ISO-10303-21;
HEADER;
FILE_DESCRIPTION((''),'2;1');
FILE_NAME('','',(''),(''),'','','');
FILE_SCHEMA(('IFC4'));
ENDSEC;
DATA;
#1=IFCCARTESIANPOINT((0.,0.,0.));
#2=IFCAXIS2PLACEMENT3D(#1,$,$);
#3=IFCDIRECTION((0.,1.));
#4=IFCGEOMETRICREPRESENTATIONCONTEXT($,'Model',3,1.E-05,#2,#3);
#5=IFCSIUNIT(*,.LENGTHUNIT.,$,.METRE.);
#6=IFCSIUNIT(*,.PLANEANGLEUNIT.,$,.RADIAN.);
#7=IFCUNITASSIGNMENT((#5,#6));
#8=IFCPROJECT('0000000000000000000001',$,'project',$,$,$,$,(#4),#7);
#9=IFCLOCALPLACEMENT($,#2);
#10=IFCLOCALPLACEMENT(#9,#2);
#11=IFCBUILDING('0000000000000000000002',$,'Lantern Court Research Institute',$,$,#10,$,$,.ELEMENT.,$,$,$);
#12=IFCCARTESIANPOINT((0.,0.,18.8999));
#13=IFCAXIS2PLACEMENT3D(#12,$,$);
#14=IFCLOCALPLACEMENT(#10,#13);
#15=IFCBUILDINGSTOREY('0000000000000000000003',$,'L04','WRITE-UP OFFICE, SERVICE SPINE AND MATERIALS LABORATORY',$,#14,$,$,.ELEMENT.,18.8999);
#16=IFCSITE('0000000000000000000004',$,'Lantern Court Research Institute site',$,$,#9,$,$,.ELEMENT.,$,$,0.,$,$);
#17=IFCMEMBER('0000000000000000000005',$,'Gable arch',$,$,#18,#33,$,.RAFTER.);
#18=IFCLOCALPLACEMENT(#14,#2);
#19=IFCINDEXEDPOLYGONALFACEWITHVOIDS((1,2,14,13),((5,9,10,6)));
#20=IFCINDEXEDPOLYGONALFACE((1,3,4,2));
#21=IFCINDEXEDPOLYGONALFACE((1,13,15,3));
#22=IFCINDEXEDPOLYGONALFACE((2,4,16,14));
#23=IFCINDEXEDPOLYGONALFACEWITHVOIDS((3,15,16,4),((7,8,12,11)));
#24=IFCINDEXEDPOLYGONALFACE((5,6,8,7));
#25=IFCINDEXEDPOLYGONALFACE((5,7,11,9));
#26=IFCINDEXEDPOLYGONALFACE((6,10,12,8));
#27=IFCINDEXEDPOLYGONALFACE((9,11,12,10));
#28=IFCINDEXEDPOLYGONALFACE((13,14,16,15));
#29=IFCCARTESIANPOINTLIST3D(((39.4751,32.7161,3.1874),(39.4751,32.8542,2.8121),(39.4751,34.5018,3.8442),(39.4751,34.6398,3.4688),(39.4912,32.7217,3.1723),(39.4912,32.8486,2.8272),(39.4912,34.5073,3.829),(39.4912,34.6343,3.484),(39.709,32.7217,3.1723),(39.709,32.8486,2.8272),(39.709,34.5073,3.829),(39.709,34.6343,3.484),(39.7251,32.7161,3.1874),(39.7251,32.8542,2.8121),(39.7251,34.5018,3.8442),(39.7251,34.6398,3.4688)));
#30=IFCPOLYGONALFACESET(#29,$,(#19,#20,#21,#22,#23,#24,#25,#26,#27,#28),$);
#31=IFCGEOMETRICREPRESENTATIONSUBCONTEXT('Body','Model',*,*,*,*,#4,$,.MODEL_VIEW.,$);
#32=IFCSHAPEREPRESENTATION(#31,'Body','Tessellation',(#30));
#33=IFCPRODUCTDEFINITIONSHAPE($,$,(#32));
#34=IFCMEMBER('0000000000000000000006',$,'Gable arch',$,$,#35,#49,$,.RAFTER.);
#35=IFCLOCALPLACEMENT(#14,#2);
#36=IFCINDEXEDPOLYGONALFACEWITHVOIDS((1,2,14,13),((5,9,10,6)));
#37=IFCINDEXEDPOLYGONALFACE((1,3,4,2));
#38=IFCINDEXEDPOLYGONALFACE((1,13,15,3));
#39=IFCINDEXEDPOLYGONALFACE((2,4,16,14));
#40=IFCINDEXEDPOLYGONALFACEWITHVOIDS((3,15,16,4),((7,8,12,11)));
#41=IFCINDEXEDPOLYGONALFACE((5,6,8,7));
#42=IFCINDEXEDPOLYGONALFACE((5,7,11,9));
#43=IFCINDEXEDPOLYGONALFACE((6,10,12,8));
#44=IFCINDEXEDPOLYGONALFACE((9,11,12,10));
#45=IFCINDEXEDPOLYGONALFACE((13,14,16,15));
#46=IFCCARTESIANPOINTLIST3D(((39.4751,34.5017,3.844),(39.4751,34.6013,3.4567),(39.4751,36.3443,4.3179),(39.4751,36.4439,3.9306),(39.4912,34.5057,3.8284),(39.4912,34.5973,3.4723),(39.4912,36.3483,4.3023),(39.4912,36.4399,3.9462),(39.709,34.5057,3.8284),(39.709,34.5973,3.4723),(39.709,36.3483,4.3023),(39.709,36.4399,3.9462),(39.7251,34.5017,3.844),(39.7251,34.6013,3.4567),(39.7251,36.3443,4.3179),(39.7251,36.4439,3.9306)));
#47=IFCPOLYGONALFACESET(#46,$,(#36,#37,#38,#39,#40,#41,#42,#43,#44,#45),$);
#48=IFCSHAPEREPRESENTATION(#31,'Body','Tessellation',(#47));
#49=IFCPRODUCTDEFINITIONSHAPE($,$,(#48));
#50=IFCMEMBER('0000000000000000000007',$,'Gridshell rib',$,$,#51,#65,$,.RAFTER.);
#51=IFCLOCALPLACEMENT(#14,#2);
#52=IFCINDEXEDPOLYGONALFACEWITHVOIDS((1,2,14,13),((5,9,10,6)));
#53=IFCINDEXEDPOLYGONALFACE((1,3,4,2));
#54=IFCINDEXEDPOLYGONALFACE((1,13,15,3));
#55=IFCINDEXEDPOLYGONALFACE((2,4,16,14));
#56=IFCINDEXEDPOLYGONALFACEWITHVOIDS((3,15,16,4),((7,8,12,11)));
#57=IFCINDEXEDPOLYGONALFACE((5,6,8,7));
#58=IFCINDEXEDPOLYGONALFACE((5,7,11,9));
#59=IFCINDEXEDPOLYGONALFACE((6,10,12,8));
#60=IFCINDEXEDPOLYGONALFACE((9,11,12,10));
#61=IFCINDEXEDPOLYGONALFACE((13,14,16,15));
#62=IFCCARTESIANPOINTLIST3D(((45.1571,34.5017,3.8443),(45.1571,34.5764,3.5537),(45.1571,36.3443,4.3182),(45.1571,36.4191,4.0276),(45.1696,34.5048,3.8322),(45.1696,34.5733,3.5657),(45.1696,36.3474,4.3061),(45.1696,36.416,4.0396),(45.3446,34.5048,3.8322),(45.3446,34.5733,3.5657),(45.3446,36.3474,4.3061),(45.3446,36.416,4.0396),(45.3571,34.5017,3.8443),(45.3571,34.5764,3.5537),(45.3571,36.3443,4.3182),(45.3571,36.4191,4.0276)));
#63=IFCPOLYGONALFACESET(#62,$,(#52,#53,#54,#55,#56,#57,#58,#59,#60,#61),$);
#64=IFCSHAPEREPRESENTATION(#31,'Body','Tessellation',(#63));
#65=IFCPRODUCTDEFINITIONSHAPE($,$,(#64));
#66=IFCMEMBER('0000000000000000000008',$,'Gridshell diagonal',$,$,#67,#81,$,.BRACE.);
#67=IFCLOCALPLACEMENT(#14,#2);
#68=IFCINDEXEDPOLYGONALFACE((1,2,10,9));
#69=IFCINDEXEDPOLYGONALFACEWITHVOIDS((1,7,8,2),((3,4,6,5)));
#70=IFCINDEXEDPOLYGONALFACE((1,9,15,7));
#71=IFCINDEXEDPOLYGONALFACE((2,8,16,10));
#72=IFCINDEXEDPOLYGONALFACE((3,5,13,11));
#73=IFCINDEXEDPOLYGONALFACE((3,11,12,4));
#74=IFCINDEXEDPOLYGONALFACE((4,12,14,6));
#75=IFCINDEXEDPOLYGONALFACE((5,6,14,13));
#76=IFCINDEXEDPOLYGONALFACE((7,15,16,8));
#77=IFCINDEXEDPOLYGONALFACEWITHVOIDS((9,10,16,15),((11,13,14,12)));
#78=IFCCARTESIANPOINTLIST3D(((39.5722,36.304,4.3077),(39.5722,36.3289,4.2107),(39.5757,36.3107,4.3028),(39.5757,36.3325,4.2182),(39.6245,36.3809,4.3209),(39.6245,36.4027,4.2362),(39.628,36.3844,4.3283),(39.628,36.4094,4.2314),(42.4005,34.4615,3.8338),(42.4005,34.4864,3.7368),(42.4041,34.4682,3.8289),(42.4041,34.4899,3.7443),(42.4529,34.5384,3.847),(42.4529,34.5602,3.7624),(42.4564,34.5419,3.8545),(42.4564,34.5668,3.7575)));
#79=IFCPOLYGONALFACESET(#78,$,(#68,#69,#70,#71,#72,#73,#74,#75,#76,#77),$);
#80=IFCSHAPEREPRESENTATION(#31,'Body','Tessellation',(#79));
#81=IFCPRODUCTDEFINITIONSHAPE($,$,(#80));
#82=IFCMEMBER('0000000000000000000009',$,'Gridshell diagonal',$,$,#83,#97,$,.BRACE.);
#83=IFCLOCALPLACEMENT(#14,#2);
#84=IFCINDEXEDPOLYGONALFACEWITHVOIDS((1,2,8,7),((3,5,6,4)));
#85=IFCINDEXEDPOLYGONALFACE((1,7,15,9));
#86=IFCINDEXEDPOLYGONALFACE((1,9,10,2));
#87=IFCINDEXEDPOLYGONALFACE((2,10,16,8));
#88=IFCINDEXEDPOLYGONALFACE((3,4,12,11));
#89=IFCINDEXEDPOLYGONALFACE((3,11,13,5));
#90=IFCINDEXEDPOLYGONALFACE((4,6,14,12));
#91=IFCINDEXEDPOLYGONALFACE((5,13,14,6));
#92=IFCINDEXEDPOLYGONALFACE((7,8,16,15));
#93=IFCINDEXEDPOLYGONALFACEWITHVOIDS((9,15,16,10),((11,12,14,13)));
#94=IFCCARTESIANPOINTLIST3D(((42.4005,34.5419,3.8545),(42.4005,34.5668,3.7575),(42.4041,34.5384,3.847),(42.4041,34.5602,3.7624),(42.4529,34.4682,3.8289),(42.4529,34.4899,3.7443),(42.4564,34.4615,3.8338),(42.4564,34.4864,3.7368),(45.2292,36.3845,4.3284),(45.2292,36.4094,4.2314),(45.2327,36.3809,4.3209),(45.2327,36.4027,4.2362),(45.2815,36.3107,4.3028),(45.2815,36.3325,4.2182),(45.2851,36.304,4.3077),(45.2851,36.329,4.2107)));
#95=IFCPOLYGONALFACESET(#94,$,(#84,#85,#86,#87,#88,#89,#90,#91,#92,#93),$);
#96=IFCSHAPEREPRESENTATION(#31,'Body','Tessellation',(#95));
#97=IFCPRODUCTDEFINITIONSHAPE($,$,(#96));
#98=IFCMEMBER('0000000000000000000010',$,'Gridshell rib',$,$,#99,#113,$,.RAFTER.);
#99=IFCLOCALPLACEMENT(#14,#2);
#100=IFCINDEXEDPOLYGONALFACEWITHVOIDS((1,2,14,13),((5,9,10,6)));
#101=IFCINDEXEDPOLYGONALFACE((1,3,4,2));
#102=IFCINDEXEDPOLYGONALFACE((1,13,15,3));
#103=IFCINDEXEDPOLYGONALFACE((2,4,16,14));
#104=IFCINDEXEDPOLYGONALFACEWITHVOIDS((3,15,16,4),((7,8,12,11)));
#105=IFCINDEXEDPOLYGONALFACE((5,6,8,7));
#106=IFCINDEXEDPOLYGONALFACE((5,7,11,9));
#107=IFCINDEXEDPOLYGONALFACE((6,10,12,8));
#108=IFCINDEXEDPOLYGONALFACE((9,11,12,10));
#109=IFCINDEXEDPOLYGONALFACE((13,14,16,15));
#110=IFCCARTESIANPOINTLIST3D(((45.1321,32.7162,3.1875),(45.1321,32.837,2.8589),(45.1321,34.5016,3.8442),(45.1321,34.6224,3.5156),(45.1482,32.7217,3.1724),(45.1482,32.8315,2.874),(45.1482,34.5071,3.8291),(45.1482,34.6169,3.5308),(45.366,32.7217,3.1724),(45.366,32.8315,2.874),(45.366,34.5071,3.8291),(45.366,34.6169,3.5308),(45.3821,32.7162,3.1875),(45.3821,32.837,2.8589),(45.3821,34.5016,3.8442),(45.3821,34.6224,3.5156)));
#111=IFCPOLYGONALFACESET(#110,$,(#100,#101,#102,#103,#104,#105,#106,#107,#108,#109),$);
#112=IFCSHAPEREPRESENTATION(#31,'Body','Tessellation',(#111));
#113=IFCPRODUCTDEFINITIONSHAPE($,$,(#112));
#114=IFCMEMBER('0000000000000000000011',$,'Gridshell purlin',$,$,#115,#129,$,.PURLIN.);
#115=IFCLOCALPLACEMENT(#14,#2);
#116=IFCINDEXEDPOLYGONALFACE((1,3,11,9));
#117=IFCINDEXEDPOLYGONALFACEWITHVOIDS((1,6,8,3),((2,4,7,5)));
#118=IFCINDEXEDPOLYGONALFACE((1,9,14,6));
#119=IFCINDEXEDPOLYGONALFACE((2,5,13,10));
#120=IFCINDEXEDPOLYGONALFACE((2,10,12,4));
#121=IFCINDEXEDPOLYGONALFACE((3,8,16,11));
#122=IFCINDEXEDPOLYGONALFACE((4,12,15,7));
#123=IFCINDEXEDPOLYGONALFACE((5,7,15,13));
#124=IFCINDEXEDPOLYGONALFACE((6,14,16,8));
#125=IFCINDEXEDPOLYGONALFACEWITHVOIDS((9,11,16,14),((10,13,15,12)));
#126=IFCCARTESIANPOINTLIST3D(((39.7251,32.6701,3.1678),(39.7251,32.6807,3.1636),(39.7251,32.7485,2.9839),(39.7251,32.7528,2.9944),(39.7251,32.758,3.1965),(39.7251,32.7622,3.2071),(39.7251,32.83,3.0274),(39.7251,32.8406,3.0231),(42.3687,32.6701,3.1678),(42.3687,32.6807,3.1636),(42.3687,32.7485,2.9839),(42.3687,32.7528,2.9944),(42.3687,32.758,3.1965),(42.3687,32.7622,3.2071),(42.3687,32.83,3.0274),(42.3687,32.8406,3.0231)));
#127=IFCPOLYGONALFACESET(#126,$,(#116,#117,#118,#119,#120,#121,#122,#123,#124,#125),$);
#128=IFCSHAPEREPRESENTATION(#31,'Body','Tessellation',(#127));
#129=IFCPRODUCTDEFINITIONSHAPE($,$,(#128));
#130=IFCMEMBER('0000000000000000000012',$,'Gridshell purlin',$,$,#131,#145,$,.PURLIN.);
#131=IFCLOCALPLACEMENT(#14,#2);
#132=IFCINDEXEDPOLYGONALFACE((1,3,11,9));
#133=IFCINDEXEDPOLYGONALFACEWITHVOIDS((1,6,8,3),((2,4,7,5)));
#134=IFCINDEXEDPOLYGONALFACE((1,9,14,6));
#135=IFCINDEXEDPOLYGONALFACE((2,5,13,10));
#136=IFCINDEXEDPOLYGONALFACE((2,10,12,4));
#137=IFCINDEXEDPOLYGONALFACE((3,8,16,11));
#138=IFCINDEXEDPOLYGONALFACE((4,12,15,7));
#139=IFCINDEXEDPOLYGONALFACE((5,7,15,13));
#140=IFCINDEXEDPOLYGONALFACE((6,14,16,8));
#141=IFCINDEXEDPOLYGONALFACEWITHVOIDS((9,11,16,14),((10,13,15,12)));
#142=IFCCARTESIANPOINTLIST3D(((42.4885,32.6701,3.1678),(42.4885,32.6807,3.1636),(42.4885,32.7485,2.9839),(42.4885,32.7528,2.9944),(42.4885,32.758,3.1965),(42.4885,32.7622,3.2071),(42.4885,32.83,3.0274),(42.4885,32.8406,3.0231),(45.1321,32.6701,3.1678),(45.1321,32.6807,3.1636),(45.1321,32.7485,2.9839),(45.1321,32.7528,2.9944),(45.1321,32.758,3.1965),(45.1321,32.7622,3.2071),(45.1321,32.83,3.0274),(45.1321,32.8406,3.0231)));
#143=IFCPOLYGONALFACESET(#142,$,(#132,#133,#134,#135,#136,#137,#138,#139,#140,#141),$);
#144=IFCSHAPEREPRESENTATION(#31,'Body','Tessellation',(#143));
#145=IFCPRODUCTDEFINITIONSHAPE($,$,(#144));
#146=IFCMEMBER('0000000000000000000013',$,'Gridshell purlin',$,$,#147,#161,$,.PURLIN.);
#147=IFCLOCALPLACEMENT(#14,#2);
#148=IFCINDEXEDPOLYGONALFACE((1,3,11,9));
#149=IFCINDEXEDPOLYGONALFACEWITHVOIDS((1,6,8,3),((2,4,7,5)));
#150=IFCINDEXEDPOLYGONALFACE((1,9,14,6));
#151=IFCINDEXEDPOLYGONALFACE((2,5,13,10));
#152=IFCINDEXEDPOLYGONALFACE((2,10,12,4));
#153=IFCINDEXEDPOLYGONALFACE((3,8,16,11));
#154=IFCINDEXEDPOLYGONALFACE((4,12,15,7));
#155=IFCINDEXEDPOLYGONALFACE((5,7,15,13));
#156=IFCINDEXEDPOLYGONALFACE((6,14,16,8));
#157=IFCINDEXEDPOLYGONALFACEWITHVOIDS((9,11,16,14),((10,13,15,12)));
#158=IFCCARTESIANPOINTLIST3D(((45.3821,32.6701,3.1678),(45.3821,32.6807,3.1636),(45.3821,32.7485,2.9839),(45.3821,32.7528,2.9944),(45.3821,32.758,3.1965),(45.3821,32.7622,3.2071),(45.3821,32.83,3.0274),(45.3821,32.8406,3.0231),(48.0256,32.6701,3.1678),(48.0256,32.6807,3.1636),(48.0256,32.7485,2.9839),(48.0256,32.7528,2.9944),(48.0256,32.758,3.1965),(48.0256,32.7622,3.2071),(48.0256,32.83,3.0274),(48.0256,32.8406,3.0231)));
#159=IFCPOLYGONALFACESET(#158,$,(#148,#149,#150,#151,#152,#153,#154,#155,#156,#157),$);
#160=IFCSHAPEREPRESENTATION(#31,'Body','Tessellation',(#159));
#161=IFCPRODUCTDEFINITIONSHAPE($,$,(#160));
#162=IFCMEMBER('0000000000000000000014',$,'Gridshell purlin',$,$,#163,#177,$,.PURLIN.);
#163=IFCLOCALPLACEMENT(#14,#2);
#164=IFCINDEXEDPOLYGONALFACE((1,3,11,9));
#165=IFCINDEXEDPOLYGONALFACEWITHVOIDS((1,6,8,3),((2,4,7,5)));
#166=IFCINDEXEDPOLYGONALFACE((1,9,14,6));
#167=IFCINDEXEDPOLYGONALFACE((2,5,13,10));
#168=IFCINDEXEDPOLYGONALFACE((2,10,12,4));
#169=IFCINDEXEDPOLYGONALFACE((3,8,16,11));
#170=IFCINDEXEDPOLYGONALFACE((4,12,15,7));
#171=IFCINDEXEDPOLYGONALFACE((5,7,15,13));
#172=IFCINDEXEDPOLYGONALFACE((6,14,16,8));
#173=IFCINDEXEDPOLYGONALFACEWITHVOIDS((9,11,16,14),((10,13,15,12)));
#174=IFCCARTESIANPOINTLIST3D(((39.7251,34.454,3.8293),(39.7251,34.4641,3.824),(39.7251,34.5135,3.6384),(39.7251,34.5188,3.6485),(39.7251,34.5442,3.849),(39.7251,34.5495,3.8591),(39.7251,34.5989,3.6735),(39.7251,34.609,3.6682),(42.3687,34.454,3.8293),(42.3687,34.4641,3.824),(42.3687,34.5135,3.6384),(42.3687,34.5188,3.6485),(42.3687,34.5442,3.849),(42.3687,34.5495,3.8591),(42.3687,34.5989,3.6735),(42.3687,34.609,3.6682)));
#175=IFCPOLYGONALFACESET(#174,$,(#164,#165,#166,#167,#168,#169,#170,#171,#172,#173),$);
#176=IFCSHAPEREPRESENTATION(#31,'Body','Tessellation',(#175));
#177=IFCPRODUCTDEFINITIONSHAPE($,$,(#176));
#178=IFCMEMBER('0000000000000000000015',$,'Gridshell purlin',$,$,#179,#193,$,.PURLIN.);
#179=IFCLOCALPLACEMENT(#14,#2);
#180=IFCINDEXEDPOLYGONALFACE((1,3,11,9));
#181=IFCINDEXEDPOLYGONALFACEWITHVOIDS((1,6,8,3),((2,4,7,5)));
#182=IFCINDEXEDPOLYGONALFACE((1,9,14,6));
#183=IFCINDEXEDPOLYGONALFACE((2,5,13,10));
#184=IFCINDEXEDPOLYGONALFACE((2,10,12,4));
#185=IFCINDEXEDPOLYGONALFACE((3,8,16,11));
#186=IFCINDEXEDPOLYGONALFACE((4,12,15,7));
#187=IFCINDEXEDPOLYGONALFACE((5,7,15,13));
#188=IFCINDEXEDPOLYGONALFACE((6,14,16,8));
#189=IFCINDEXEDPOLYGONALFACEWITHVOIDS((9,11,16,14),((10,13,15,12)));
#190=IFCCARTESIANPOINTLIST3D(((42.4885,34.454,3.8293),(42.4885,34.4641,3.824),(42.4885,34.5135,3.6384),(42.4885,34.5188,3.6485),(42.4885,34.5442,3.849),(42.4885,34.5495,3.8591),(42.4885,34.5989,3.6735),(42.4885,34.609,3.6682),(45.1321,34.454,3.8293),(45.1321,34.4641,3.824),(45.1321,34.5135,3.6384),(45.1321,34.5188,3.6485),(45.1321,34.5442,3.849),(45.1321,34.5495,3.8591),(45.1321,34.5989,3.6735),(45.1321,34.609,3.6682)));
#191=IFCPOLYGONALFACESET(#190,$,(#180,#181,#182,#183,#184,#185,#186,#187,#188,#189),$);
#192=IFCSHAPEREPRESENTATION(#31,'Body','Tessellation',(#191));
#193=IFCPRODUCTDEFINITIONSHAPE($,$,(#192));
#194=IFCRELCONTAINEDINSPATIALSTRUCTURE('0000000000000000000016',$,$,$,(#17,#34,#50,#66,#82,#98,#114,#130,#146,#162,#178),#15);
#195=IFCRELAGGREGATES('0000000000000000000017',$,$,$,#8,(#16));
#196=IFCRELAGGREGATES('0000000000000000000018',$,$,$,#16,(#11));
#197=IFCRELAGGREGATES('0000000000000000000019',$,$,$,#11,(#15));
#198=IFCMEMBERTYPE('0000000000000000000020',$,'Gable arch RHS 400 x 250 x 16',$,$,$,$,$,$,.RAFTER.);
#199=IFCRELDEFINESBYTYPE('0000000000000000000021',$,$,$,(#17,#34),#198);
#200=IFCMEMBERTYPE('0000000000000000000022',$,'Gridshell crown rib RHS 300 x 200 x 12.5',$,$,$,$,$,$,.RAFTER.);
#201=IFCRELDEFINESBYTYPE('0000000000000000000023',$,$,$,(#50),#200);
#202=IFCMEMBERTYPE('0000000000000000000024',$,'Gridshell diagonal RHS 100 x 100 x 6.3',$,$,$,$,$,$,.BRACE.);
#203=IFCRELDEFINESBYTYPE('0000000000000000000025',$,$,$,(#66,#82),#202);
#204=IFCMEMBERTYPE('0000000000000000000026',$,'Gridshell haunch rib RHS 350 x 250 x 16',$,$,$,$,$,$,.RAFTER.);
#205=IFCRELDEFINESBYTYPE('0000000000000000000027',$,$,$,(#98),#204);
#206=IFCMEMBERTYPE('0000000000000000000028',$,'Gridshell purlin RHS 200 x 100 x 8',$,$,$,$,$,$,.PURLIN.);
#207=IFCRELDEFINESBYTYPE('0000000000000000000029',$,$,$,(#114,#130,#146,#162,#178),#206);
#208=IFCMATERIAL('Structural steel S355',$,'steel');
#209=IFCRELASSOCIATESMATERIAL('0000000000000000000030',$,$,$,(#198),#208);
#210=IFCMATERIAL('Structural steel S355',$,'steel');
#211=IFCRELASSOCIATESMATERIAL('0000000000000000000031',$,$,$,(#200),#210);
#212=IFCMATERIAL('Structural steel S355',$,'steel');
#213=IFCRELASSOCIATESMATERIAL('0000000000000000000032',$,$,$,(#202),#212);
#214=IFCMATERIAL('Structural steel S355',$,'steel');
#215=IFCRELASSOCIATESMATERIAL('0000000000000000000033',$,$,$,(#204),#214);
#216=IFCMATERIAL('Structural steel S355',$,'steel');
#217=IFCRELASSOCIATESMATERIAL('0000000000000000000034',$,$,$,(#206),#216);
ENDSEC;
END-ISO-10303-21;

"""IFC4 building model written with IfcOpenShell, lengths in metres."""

from ifc_helpers import new_model, si_unit, direction, frame, origin, origin_2d, place, context, subcontext, project, spatial, hollow_rectangle, extrude, material, material_profile, profile_set, type_object, element, save


model = new_model("IFC4")

# Units and contexts
model_context = context("Model", 3, precision=1e-05, world=origin(), true_north=direction((0.0, 1.0)))
body_context = subcontext(model_context, "Body", "Model", "MODEL_VIEW")
ifc_project = project(units=[si_unit("LENGTHUNIT", "METRE"), si_unit("PLANEANGLEUNIT", "RADIAN")], contexts=[model_context])

# Site, building, storey
site_placement = place(None, origin())
site = spatial("IfcSite", under=ifc_project, at=site_placement, Name="Lantern Court Research Institute site", CompositionType="ELEMENT", RefElevation=0.0)
building_placement = place(site_placement, origin())
building = spatial("IfcBuilding", under=site, at=building_placement, Name="Lantern Court Research Institute", CompositionType="ELEMENT")
storey_placement = place(building_placement, frame((0.0, 0.0, 18.8999)))
storey = spatial("IfcBuildingStorey", under=building, at=storey_placement, Name="L04", Description="WRITE-UP OFFICE, SERVICE SPINE AND MATERIALS LABORATORY", CompositionType="ELEMENT", Elevation=18.8999)

# Members
ifc_material_1 = material(Name="Structural steel S355", Category="steel")
ifc_material_profile_1 = material_profile(ifc_material_1, hollow_rectangle(XDim=0.25, YDim=0.3999, WallThickness=0.0161, at=origin_2d()), Name="Gable arch RHS 400 x 250 x 16")
ifc_profile_set_1 = profile_set([ifc_material_profile_1], Name="Structural steel S355")
member_type_1 = type_object("IfcMemberType", Name="Gable arch RHS 400 x 250 x 16", PredefinedType="RAFTER", material=ifc_profile_set_1)
for number, where, z_axis, x_axis, name in (
    (1, (39.6001, 32.7852, 2.9998), (0.0, 0.938536, 0.345182), (-1.0, 0.0, 0.0), "Gable arch"),
    (2, (39.6001, 34.5515, 3.6504), (0.0, 0.968482, 0.249082), (-1.0, 0.0, 0.0), "Gable arch"),
):
    element("IfcMember", number, at=place(storey_placement, frame(where, z_axis=z_axis, x_axis=x_axis)), inside=storey, type_object=member_type_1, Name=name, PredefinedType="RAFTER", context=body_context, shape_type="SweptSolid", body=[
        extrude(hollow_rectangle(XDim=0.25, YDim=0.3999, WallThickness=0.0161, at=origin_2d()), origin(), (0.0, 0.0, 1.0), 1.9026),
    ])
ifc_material_2 = material(Name="Structural steel S355", Category="steel")
ifc_material_profile_2 = material_profile(ifc_material_2, hollow_rectangle(XDim=0.2, YDim=0.3, WallThickness=0.0125, at=origin_2d()), Name="Gridshell crown rib RHS 300 x 200 x 12.5")
ifc_profile_set_2 = profile_set([ifc_material_profile_2], Name="Structural steel S355")
member_type_2 = type_object("IfcMemberType", Name="Gridshell crown rib RHS 300 x 200 x 12.5", PredefinedType="RAFTER", material=ifc_profile_set_2)
member_1_placement = place(storey_placement, frame((45.2571, 34.5391, 3.699), z_axis=(0.0, 0.968482, 0.249082), x_axis=(-1.0, 0.0, 0.0)))
element("IfcMember", 3, at=member_1_placement, inside=storey, type_object=member_type_2, Name="Gridshell rib", PredefinedType="RAFTER", context=body_context, shape_type="SweptSolid", body=[
    extrude(hollow_rectangle(XDim=0.2, YDim=0.3, WallThickness=0.0125, at=origin_2d()), origin(), (0.0, 0.0, 1.0), 1.9026),
])
ifc_material_3 = material(Name="Structural steel S355", Category="steel")
ifc_material_profile_3 = material_profile(ifc_material_3, hollow_rectangle(XDim=0.1001, YDim=0.1001, WallThickness=0.0063, at=origin_2d()), Name="Gridshell diagonal RHS 100 x 100 x 6.3")
ifc_profile_set_3 = profile_set([ifc_material_profile_3], Name="Structural steel S355")
member_type_3 = type_object("IfcMemberType", Name="Gridshell diagonal RHS 100 x 100 x 6.3", PredefinedType="BRACE", material=ifc_profile_set_3)
member_2_placement = place(storey_placement, frame((42.4285, 34.5142, 3.7957), z_axis=(-0.829753, 0.540539, 0.13902), x_axis=(-0.55813, -0.803596, -0.206699)))
element("IfcMember", 4, at=member_2_placement, inside=storey, type_object=member_type_3, Name="Gridshell diagonal", PredefinedType="BRACE", context=body_context, shape_type="SweptSolid", body=[
    extrude(hollow_rectangle(XDim=0.1001, YDim=0.1001, WallThickness=0.0063, at=origin_2d()), origin(), (0.0, 0.0, 1.0), 3.4087),
])
member_3_placement = place(storey_placement, frame((42.4285, 34.5142, 3.7957), z_axis=(0.829776, 0.540507, 0.139012), x_axis=(-0.558097, 0.803619, 0.206699)))
element("IfcMember", 5, at=member_3_placement, inside=storey, type_object=member_type_3, Name="Gridshell diagonal", PredefinedType="BRACE", context=body_context, shape_type="SweptSolid", body=[
    extrude(hollow_rectangle(XDim=0.1001, YDim=0.1001, WallThickness=0.0063, at=origin_2d()), origin(), (0.0, 0.0, 1.0), 3.4089),
])
ifc_material_4 = material(Name="Structural steel S355", Category="steel")
ifc_material_profile_4 = material_profile(ifc_material_4, hollow_rectangle(XDim=0.25, YDim=0.3501, WallThickness=0.0161, at=origin_2d()), Name="Gridshell haunch rib RHS 350 x 250 x 16")
ifc_profile_set_4 = profile_set([ifc_material_profile_4], Name="Structural steel S355")
member_type_4 = type_object("IfcMemberType", Name="Gridshell haunch rib RHS 350 x 250 x 16", PredefinedType="RAFTER", material=ifc_profile_set_4)
member_4_placement = place(storey_placement, frame((45.2571, 32.7766, 3.0232), z_axis=(0.0, 0.93852, 0.345224), x_axis=(-1.0, 0.0, 0.0)))
element("IfcMember", 6, at=member_4_placement, inside=storey, type_object=member_type_4, Name="Gridshell rib", PredefinedType="RAFTER", context=body_context, shape_type="SweptSolid", body=[
    extrude(hollow_rectangle(XDim=0.25, YDim=0.3501, WallThickness=0.0161, at=origin_2d()), origin(), (0.0, 0.0, 1.0), 1.9023),
])
ifc_material_5 = material(Name="Structural steel S355", Category="steel")
ifc_material_profile_5 = material_profile(ifc_material_5, hollow_rectangle(XDim=0.1001, YDim=0.2, WallThickness=0.0081, at=origin_2d()), Name="Gridshell purlin RHS 200 x 100 x 8")
ifc_profile_set_5 = profile_set([ifc_material_profile_5], Name="Structural steel S355")
member_type_5 = type_object("IfcMemberType", Name="Gridshell purlin RHS 200 x 100 x 8", PredefinedType="PURLIN", material=ifc_profile_set_5)
for number, where, z_axis, x_axis, name in (
    (7, (39.7251, 32.7554, 3.0955), (1.0, 0.0, 0.0), (0.0, 0.919966, 0.391999), "Gridshell purlin"),
    (8, (42.4885, 32.7554, 3.0955), (1.0, 0.0, 0.0), (0.0, 0.919966, 0.391999), "Gridshell purlin"),
    (9, (45.3821, 32.7554, 3.0955), (1.0, 0.0, 0.0), (0.0, 0.919966, 0.391999), "Gridshell purlin"),
    (10, (39.7251, 34.5315, 3.7488), (1.0, 0.0, 0.0), (0.0, 0.954713, 0.297528), "Gridshell purlin"),
    (11, (42.4885, 34.5315, 3.7488), (1.0, 0.0, 0.0), (0.0, 0.954713, 0.297528), "Gridshell purlin"),
):
    element("IfcMember", number, at=place(storey_placement, frame(where, z_axis=z_axis, x_axis=x_axis)), inside=storey, type_object=member_type_5, Name=name, PredefinedType="PURLIN", context=body_context, shape_type="SweptSolid", body=[
        extrude(hollow_rectangle(XDim=0.1001, YDim=0.2, WallThickness=0.0081, at=origin_2d()), origin(), (0.0, 0.0, 1.0), 2.6436),
    ])

save(model, "model.ifc")
